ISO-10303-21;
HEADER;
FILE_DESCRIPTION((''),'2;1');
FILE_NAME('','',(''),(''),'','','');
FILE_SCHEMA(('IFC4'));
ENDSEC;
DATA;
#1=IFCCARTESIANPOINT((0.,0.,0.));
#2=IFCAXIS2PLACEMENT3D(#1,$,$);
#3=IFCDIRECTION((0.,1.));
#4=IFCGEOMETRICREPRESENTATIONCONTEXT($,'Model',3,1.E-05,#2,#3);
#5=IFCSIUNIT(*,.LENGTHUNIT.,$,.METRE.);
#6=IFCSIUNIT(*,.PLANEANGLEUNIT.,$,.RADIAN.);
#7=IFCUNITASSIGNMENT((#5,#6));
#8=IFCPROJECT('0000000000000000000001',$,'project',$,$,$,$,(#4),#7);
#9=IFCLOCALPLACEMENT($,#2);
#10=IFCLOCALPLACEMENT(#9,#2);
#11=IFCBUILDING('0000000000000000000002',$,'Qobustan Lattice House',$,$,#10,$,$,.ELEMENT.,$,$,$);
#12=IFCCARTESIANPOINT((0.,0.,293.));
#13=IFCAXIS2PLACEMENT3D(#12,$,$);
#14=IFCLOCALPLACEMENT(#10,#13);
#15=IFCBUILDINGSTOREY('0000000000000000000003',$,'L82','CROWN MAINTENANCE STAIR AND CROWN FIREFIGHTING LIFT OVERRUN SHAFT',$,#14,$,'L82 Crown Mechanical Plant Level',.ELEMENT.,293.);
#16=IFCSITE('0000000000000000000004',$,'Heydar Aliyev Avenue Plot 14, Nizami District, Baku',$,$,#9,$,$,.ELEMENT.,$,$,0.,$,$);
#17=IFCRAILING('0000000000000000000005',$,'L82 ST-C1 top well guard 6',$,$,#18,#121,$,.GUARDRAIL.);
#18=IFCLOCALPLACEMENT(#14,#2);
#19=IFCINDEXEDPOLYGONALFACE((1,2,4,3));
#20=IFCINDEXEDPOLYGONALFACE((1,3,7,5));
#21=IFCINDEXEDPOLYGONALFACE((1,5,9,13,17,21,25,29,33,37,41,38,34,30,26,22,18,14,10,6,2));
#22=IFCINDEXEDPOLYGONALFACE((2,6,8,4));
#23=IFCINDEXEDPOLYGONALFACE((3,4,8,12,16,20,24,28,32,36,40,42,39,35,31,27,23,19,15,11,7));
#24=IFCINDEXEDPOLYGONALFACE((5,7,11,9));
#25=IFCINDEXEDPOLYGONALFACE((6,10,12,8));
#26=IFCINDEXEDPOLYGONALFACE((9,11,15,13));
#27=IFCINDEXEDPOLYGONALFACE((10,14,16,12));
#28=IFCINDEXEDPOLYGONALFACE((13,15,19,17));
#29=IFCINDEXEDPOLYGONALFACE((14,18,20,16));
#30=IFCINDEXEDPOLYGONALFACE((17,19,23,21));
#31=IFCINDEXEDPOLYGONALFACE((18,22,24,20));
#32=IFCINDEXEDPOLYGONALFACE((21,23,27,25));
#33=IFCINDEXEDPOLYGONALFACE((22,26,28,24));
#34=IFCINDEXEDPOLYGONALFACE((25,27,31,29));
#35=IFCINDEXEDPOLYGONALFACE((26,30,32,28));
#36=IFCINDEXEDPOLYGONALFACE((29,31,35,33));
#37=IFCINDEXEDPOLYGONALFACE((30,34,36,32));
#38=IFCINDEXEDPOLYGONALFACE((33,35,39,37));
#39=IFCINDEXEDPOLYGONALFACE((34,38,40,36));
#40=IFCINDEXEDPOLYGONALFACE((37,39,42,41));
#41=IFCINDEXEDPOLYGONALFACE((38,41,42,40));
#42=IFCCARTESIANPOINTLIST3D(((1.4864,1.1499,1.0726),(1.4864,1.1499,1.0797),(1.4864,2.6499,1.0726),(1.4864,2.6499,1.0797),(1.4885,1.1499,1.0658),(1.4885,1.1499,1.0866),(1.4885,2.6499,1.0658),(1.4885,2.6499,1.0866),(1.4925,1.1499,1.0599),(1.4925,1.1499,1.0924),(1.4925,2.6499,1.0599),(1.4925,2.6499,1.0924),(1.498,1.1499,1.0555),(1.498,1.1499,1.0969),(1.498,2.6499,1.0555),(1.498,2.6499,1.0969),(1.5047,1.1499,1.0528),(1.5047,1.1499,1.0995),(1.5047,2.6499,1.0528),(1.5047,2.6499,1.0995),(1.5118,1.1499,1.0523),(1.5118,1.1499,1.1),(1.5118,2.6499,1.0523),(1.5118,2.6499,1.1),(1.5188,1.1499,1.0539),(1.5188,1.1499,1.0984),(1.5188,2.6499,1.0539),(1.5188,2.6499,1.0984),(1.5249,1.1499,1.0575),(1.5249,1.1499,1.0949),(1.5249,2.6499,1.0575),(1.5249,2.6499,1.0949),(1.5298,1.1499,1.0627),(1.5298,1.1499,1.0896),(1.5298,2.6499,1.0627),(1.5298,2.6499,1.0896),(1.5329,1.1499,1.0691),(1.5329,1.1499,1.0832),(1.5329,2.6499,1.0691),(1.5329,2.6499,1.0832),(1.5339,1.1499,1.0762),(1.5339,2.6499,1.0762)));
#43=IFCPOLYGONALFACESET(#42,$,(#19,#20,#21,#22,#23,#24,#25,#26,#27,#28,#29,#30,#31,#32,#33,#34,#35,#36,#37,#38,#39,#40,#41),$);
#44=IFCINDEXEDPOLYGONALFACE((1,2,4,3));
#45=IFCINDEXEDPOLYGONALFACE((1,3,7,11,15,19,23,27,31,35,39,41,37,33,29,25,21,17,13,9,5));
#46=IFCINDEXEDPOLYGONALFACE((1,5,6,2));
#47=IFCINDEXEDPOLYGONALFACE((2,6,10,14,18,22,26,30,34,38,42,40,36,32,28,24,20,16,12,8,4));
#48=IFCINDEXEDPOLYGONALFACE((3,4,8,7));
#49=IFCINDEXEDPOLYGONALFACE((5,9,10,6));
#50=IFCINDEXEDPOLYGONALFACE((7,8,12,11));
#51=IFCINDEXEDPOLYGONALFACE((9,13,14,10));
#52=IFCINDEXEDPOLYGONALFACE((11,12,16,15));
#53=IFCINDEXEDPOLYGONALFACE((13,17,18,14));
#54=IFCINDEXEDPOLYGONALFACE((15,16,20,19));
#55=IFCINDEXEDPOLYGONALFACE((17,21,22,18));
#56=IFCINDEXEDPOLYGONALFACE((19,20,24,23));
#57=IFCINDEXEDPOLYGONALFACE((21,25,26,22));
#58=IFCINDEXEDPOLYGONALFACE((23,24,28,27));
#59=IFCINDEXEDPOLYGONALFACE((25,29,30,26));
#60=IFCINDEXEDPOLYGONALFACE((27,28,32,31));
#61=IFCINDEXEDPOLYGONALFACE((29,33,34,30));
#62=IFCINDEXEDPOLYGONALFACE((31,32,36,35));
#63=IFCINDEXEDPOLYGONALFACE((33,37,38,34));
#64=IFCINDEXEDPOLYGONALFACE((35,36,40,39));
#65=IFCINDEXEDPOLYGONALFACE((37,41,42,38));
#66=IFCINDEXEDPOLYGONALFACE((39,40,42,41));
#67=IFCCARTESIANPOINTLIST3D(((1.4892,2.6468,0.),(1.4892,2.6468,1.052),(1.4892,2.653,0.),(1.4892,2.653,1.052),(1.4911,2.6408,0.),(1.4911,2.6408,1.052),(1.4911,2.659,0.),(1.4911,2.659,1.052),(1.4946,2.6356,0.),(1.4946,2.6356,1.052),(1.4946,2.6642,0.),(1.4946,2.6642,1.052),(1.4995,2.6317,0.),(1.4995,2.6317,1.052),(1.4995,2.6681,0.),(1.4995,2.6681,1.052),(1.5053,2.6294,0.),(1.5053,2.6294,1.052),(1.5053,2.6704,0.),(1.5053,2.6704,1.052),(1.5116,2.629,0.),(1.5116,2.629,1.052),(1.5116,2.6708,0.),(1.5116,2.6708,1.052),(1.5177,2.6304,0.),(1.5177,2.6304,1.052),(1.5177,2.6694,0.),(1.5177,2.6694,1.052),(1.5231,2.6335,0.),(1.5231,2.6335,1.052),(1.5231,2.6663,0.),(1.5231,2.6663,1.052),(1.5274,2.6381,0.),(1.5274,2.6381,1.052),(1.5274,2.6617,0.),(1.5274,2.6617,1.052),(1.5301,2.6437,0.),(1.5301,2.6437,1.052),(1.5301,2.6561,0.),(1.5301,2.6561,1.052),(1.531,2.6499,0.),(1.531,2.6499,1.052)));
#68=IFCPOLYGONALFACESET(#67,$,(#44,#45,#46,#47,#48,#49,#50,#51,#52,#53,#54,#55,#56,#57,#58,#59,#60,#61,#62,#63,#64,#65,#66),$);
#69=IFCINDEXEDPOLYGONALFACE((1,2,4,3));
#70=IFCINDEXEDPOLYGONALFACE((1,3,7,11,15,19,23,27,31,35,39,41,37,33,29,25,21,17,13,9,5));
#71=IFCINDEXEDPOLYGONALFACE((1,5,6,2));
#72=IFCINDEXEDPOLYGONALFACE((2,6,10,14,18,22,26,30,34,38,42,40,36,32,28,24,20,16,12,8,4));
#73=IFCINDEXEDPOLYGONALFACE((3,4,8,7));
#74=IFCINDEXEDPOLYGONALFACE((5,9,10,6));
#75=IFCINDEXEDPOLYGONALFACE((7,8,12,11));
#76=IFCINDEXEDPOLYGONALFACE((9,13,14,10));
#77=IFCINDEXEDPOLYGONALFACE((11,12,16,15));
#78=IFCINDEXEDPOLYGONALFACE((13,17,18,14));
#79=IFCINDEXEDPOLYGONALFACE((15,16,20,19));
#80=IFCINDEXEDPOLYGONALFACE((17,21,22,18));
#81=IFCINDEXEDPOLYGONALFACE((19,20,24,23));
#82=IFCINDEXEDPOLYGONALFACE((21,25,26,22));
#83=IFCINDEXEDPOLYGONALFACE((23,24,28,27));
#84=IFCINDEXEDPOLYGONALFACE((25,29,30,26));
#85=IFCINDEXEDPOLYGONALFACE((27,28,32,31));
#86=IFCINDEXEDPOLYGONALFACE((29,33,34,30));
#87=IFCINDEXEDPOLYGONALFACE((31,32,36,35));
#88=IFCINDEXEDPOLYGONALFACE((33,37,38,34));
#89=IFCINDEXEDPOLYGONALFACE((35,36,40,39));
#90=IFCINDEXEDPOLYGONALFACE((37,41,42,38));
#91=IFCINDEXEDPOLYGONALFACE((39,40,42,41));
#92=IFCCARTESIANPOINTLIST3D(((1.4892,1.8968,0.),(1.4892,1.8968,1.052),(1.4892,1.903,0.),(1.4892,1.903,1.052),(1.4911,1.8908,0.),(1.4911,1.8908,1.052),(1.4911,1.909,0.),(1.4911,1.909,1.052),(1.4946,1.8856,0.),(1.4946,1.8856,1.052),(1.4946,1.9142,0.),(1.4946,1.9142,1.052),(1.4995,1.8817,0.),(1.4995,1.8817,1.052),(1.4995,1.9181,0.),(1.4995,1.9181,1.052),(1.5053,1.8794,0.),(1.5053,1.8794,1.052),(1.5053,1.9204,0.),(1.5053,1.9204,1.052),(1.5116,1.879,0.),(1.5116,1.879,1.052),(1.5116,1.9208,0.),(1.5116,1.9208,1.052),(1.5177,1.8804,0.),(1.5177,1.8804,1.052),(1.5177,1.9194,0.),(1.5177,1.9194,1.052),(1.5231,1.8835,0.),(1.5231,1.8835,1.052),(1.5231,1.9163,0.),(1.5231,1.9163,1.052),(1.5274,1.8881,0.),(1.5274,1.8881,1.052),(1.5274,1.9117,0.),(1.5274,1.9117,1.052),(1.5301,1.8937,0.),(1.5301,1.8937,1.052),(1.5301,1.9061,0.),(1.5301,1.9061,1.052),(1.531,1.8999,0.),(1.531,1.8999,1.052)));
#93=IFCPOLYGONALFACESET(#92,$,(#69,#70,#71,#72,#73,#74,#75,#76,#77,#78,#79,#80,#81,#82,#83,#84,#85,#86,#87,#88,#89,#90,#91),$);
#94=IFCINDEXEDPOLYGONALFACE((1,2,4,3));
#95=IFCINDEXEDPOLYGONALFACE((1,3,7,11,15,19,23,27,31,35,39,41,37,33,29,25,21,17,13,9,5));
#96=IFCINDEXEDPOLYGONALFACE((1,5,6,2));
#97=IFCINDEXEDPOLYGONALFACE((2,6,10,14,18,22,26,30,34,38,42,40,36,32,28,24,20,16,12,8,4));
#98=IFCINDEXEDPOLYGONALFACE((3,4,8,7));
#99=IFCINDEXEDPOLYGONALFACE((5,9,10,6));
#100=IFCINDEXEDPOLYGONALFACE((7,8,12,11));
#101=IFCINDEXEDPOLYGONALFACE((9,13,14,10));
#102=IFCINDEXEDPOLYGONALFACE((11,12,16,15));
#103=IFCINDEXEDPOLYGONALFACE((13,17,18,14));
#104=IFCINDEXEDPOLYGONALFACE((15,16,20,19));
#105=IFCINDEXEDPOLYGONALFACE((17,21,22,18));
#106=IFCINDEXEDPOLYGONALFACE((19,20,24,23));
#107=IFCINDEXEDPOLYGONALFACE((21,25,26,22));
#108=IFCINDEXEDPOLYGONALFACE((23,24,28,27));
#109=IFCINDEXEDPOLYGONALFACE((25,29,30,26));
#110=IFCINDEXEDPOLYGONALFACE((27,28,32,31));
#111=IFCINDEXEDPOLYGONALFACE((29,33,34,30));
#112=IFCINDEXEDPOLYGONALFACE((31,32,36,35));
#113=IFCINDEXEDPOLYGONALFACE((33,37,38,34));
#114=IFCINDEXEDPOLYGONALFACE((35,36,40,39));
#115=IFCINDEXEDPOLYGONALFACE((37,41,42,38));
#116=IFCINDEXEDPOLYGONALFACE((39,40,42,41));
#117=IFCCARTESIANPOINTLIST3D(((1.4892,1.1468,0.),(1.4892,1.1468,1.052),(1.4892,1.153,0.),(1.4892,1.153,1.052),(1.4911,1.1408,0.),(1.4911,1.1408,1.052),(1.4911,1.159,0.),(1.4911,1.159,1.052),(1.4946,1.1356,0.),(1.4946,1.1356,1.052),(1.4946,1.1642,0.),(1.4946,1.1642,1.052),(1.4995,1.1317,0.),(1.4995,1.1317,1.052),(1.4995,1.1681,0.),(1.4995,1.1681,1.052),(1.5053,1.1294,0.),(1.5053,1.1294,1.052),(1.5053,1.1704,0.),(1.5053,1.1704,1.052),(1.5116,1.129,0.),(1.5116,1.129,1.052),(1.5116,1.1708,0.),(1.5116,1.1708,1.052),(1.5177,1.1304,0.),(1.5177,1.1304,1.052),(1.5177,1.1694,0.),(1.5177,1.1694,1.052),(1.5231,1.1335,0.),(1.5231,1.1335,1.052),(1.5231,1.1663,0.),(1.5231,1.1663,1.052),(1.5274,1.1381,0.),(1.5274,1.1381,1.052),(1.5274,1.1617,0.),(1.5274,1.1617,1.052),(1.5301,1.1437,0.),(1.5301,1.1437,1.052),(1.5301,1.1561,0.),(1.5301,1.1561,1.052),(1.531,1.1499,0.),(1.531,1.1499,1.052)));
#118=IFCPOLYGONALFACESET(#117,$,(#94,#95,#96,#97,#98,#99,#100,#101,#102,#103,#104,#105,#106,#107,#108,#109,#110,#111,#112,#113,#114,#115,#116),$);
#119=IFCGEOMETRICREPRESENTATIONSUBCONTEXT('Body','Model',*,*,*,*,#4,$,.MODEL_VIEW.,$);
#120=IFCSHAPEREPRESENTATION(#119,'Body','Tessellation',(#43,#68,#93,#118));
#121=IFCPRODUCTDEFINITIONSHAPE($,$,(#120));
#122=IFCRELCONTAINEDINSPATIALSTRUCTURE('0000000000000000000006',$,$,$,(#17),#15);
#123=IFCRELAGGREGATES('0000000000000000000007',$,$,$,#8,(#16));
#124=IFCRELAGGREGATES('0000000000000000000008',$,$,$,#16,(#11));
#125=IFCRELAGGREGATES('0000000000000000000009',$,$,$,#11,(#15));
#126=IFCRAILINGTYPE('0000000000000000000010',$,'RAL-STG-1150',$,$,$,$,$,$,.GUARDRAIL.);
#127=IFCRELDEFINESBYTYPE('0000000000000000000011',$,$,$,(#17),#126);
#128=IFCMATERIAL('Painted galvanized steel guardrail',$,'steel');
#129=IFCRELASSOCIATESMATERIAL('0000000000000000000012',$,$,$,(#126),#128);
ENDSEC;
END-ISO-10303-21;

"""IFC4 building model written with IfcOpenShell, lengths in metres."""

from ifc_helpers import new_model, si_unit, direction, frame, origin, origin_2d, place, context, subcontext, project, spatial, circle, extrude, material, type_object, element, save


model = new_model("IFC4")

# Units and contexts
model_context = context("Model", 3, precision=1e-05, world=origin(), true_north=direction((0.0, 1.0)))
body_context = subcontext(model_context, "Body", "Model", "MODEL_VIEW")
ifc_project = project(units=[si_unit("LENGTHUNIT", "METRE"), si_unit("PLANEANGLEUNIT", "RADIAN")], contexts=[model_context])

# Site, building, storey
site_placement = place(None, origin())
site = spatial("IfcSite", under=ifc_project, at=site_placement, Name="Heydar Aliyev Avenue Plot 14, Nizami District, Baku", CompositionType="ELEMENT", RefElevation=0.0)
building_placement = place(site_placement, origin())
building = spatial("IfcBuilding", under=site, at=building_placement, Name="Qobustan Lattice House", CompositionType="ELEMENT")
storey_placement = place(building_placement, frame((0.0, 0.0, 293.0)))
storey = spatial("IfcBuildingStorey", under=building, at=storey_placement, Name="L82", Description="CROWN MAINTENANCE STAIR AND CROWN FIREFIGHTING LIFT OVERRUN SHAFT", LongName="L82 Crown Mechanical Plant Level", CompositionType="ELEMENT", Elevation=293.0)

# Railing
ifc_material_1 = material(Name="Painted galvanized steel guardrail", Category="steel")
railing_type = type_object("IfcRailingType", Name="RAL-STG-1150", PredefinedType="GUARDRAIL", material=ifc_material_1)
railing_1_placement = place(storey_placement, frame((1.51, 2.6499, 0.0)))
element("IfcRailing", 1, at=railing_1_placement, inside=storey, type_object=railing_type, Name="L82 ST-C1 top well guard 6", PredefinedType="GUARDRAIL", context=body_context, shape_type="SweptSolid", body=[
    extrude(circle(Radius=0.0239, at=origin_2d()), frame((0.0, 0.0, 1.0762), z_axis=(0.0, -1.0, 0.0), x_axis=(1.0, 0.0, 0.0)), (0.0, 0.0, 1.0), 1.5),
    extrude(circle(Radius=0.021, at=origin_2d()), origin(), (0.0, 0.0, 1.0), 1.052),
    extrude(circle(Radius=0.021, at=origin_2d()), frame((0.0, -0.75, 0.0)), (0.0, 0.0, 1.0), 1.052),
    extrude(circle(Radius=0.021, at=origin_2d()), frame((0.0, -1.5, 0.0)), (0.0, 0.0, 1.0), 1.052),
])

save(model, "model.ifc")
